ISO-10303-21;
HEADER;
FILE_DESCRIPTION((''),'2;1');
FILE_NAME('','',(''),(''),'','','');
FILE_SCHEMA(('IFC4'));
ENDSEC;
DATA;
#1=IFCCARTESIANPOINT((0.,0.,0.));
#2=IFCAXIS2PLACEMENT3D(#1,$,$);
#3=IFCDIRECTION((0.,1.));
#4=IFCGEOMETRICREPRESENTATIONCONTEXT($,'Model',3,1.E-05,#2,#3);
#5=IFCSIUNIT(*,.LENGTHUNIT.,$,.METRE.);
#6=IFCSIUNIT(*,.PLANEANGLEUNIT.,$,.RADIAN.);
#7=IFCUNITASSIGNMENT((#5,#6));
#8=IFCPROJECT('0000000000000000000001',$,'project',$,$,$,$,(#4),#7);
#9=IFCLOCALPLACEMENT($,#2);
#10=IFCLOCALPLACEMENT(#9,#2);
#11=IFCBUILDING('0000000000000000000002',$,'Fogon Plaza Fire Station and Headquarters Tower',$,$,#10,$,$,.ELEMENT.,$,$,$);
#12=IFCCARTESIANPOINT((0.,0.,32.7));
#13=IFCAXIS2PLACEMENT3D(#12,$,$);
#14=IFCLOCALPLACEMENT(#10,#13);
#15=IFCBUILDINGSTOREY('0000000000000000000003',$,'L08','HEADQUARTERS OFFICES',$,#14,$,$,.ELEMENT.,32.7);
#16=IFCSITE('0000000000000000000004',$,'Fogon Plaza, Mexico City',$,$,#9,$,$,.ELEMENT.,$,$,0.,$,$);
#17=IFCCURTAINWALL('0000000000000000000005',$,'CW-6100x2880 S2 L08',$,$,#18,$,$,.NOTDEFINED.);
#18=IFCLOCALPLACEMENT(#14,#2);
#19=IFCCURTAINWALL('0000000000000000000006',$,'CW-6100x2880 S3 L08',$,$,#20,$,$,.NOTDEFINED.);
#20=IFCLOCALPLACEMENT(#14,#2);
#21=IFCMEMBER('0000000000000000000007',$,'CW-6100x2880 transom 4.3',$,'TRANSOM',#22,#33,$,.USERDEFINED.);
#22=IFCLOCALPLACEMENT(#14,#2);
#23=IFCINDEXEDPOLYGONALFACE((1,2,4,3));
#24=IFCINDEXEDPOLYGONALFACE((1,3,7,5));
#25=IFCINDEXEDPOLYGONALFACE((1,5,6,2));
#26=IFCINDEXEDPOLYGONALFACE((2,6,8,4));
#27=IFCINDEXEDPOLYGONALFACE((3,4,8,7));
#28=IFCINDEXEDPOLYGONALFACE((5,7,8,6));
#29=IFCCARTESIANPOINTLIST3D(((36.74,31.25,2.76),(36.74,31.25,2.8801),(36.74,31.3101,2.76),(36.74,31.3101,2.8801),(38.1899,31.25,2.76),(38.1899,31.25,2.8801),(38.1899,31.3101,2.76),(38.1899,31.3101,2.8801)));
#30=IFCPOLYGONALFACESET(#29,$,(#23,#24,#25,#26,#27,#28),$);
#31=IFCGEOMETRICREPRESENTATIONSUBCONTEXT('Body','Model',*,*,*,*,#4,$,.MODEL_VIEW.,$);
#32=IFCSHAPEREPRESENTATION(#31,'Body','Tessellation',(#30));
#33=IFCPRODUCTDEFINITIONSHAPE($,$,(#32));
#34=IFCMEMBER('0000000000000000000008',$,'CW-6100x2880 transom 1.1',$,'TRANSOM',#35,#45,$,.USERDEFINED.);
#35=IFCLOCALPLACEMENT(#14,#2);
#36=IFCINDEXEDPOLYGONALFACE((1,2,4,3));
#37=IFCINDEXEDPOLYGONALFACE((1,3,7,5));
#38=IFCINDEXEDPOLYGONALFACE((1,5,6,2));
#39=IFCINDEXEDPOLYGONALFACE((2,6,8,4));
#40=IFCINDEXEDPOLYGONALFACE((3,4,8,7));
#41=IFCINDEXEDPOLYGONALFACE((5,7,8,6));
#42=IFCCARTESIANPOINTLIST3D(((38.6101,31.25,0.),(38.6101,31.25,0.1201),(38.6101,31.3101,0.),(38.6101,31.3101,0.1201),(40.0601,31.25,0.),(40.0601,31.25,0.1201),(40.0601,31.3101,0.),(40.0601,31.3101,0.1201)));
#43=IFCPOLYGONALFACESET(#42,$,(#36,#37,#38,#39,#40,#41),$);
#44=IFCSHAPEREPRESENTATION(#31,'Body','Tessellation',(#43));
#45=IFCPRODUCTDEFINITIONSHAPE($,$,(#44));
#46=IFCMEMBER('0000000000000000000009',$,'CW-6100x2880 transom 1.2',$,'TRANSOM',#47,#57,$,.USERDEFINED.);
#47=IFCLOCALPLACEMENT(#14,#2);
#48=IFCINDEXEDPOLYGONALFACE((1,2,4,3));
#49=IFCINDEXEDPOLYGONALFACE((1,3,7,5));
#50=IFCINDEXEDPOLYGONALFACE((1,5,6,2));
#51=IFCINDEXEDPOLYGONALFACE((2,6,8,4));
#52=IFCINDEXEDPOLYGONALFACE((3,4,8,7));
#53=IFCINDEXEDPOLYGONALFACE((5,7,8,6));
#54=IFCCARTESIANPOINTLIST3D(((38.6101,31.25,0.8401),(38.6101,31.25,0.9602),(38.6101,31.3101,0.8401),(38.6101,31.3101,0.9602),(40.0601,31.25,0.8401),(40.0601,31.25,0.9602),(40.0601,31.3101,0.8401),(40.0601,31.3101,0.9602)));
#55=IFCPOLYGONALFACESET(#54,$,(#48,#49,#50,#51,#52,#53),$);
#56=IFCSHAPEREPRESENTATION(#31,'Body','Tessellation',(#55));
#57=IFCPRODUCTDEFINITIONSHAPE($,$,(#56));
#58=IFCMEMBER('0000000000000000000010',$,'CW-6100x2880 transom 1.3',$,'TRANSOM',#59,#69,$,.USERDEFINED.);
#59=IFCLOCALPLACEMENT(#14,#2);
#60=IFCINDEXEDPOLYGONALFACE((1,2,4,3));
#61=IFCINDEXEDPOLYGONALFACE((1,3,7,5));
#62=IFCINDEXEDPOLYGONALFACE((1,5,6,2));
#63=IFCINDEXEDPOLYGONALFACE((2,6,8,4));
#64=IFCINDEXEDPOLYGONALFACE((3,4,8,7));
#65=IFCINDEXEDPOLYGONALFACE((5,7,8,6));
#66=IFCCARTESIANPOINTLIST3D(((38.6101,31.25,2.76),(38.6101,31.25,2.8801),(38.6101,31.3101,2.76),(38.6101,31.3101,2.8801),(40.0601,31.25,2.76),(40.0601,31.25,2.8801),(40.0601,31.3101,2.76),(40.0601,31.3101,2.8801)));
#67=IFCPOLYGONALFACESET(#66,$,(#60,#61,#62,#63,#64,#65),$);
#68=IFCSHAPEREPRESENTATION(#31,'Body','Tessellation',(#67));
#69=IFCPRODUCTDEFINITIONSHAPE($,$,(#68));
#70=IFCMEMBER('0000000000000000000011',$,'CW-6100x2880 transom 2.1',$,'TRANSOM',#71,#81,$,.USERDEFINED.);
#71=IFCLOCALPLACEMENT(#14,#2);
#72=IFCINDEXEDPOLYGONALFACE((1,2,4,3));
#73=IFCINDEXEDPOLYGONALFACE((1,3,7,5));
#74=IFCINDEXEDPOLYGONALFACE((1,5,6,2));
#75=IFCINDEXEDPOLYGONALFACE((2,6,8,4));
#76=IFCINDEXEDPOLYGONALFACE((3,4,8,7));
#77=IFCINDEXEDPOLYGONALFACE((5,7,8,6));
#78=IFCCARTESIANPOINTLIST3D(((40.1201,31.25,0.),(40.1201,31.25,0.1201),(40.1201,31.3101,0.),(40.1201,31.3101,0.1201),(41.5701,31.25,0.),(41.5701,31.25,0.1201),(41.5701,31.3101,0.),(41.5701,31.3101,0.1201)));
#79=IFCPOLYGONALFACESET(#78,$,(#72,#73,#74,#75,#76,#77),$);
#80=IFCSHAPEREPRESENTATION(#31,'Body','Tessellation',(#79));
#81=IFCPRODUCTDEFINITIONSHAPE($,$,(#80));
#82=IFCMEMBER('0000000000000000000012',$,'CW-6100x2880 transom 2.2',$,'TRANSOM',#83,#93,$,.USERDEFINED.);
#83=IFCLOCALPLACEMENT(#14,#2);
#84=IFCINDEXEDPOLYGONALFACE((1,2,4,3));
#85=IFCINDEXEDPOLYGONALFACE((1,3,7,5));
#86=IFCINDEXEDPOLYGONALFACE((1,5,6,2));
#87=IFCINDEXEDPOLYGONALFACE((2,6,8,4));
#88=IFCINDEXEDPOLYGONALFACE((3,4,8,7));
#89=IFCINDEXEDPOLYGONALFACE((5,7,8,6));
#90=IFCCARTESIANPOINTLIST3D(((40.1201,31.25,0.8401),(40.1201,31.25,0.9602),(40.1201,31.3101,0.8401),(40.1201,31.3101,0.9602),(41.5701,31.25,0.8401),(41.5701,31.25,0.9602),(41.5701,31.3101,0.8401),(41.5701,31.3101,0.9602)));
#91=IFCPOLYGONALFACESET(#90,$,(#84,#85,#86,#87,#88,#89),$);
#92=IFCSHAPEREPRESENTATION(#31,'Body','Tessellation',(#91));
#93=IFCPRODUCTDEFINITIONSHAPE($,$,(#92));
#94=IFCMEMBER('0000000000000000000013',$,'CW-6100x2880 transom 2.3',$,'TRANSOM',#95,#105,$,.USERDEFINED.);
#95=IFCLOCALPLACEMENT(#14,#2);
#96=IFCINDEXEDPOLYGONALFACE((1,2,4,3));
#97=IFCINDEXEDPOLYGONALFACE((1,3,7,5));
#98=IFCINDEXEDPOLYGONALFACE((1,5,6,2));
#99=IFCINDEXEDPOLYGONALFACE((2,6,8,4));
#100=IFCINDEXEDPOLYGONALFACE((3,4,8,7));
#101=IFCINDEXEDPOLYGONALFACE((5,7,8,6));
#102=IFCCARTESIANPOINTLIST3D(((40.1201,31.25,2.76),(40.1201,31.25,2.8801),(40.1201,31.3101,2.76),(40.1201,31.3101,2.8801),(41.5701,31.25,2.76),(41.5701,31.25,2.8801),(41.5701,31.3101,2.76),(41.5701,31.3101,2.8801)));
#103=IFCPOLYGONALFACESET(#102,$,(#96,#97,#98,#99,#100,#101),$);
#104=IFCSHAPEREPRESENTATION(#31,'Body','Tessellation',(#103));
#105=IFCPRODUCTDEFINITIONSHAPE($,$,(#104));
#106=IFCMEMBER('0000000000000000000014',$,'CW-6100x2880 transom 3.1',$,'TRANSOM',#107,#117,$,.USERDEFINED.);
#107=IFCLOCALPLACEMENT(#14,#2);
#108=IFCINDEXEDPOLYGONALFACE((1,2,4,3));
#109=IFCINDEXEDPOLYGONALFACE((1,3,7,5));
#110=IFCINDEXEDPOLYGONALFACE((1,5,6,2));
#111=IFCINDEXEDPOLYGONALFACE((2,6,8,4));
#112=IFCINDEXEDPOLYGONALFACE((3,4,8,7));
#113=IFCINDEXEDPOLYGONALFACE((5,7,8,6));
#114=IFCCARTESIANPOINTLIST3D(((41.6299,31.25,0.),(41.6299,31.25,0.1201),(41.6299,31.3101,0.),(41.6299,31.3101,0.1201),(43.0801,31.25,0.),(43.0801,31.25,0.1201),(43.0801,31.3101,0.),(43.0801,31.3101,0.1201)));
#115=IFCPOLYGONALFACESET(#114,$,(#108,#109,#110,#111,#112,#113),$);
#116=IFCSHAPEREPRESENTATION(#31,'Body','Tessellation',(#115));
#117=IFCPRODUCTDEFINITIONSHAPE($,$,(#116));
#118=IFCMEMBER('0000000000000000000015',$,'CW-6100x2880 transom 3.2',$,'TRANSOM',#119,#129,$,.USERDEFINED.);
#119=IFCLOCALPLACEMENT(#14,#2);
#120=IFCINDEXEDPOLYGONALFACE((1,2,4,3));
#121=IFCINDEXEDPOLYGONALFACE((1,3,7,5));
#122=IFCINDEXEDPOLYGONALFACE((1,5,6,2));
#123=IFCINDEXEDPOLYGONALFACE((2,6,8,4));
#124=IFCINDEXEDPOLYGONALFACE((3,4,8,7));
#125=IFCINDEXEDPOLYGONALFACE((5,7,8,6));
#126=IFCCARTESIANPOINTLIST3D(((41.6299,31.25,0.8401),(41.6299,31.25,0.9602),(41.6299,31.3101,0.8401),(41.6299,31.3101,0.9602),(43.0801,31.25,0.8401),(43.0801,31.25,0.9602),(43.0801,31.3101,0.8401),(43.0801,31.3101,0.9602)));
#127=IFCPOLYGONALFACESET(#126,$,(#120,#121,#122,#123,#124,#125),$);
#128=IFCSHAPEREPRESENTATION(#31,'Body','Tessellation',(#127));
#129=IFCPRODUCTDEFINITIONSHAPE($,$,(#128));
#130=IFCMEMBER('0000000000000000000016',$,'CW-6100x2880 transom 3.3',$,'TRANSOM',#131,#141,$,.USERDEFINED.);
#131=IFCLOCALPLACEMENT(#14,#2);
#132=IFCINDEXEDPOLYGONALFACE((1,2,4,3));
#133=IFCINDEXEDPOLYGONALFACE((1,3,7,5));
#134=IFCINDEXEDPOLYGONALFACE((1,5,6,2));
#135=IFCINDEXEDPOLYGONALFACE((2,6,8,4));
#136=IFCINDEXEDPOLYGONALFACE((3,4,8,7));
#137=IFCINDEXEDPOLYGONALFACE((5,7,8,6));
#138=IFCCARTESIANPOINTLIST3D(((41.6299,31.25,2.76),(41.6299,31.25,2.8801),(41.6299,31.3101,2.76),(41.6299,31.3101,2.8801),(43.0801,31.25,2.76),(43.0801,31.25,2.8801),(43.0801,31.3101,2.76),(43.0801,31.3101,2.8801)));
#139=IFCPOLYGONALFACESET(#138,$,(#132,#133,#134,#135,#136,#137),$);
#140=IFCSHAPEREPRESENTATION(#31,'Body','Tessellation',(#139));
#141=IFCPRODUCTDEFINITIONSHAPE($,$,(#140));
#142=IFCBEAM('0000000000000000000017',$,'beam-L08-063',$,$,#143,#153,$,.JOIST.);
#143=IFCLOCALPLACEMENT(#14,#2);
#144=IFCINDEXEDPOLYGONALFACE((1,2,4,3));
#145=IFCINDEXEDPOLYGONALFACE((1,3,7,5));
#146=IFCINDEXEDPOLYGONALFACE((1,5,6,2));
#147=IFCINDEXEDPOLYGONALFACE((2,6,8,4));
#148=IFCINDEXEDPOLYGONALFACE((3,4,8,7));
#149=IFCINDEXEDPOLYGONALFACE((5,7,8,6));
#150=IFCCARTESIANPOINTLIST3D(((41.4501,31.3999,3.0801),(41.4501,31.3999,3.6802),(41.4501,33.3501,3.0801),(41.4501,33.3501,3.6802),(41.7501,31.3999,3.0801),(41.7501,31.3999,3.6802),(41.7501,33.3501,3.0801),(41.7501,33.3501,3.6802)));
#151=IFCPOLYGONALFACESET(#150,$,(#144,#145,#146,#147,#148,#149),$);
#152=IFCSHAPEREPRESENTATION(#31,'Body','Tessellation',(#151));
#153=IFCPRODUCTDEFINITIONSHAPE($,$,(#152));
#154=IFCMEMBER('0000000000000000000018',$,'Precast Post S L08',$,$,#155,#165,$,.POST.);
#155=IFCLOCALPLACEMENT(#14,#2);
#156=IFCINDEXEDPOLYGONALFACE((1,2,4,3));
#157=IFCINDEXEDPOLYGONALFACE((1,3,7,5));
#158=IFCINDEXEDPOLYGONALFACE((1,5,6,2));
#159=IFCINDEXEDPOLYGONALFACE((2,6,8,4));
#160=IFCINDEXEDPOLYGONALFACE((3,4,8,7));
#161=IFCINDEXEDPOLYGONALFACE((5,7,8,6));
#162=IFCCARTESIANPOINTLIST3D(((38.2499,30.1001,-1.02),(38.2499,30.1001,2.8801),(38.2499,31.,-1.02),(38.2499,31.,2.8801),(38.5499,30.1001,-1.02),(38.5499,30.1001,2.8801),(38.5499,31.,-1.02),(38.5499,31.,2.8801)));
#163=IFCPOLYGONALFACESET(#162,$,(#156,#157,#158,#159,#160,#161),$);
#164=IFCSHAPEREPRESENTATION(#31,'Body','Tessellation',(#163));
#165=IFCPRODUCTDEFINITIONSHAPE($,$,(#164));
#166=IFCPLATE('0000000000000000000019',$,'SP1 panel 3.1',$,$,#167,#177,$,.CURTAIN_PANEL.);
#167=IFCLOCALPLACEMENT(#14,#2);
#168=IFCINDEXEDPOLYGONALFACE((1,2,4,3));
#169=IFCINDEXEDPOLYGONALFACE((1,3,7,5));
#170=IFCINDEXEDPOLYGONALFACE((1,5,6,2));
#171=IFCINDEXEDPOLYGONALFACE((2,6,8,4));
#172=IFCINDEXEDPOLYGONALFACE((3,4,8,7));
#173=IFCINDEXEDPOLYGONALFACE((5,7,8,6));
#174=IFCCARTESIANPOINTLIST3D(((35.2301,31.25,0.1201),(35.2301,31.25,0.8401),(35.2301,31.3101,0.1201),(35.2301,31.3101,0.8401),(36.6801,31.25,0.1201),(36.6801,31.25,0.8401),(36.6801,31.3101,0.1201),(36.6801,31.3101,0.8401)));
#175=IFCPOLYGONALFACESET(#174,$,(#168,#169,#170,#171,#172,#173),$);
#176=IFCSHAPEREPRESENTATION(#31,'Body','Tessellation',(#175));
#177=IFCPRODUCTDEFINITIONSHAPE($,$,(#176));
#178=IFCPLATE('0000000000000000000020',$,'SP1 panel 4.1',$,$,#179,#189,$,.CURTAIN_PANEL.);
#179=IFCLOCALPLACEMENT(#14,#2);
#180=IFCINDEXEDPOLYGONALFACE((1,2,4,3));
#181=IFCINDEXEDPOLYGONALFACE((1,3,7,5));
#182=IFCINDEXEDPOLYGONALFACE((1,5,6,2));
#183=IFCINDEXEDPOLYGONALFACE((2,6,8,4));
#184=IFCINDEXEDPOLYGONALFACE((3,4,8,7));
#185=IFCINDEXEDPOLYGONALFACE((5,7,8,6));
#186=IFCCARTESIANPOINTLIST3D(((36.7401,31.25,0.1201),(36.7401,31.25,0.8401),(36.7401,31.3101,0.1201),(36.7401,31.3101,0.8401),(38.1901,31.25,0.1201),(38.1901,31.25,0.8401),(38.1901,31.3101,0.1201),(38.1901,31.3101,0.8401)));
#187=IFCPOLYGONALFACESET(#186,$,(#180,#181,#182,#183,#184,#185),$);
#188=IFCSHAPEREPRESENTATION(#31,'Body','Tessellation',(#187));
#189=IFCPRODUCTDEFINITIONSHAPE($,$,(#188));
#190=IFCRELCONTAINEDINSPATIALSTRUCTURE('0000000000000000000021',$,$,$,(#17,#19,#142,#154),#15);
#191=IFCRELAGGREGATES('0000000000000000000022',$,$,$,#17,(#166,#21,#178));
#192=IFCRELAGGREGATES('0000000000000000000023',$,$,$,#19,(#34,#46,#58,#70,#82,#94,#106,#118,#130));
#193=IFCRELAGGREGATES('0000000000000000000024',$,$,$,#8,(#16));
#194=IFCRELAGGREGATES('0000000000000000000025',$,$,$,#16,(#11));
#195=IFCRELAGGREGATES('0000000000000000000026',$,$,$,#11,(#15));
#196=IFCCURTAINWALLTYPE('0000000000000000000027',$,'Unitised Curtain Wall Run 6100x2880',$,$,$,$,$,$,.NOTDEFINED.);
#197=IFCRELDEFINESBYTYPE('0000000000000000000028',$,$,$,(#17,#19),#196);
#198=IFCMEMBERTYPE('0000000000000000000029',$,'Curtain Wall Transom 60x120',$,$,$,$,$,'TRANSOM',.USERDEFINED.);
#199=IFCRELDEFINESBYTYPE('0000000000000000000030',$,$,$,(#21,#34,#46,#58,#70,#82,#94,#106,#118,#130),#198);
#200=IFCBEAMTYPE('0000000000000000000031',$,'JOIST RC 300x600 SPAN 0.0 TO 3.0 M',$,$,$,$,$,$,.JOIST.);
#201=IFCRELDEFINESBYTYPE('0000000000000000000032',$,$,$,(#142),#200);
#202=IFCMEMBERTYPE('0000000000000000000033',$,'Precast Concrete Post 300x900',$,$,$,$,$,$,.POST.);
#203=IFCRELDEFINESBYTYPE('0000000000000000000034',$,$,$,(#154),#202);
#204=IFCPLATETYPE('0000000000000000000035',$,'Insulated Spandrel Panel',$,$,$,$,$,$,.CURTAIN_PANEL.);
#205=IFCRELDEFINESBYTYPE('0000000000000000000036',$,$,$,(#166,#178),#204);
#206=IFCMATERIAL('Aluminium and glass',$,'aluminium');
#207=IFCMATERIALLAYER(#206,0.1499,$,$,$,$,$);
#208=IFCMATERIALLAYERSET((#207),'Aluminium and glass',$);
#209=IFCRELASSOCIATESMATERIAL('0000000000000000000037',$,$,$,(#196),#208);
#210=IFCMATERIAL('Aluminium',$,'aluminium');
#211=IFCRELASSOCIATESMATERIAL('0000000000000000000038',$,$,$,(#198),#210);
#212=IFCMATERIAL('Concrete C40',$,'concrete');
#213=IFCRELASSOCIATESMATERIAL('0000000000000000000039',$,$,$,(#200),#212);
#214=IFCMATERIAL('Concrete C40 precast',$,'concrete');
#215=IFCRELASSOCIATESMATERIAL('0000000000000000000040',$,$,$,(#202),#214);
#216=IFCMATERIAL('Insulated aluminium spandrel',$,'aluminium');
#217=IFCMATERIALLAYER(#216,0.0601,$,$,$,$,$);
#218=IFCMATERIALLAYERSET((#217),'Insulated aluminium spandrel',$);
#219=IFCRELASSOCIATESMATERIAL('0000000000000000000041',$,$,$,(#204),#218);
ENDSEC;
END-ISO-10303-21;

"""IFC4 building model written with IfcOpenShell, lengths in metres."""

from ifc_helpers import new_model, si_unit, direction, frame, origin, origin_2d, place, context, subcontext, project, spatial, rectangle, extrude, material, layer, layer_set, material_profile, profile_set, type_object, element, aggregate, save


model = new_model("IFC4")

# Units and contexts
model_context = context("Model", 3, precision=1e-05, world=origin(), true_north=direction((0.0, 1.0)))
body_context = subcontext(model_context, "Body", "Model", "MODEL_VIEW")
ifc_project = project(units=[si_unit("LENGTHUNIT", "METRE"), si_unit("PLANEANGLEUNIT", "RADIAN")], contexts=[model_context])

# Site, building, storey
site_placement = place(None, origin())
site = spatial("IfcSite", under=ifc_project, at=site_placement, Name="Fogon Plaza, Mexico City", CompositionType="ELEMENT", RefElevation=0.0)
building_placement = place(site_placement, origin())
building = spatial("IfcBuilding", under=site, at=building_placement, Name="Fogon Plaza Fire Station and Headquarters Tower", CompositionType="ELEMENT")
storey_placement = place(building_placement, frame((0.0, 0.0, 32.7)))
storey = spatial("IfcBuildingStorey", under=building, at=storey_placement, Name="L08", Description="HEADQUARTERS OFFICES", CompositionType="ELEMENT", Elevation=32.7)

# Curtain walls
ifc_material_1 = material(Name="Aluminium and glass", Category="aluminium")
ifc_layer_1 = layer(ifc_material_1, 0.1499)
ifc_layer_set_1 = layer_set([ifc_layer_1], Name="Aluminium and glass")
curtain_wall_type = type_object("IfcCurtainWallType", Name="Unitised Curtain Wall Run 6100x2880", PredefinedType="NOTDEFINED", material=ifc_layer_set_1)
curtain_wall_1_placement = place(storey_placement, origin())
curtain_wall_1 = element("IfcCurtainWall", 1, at=curtain_wall_1_placement, inside=storey, type_object=curtain_wall_type, Name="CW-6100x2880 S2 L08", PredefinedType="NOTDEFINED")
curtain_wall_2_placement = place(storey_placement, origin())
curtain_wall_2 = element("IfcCurtainWall", 2, at=curtain_wall_2_placement, inside=storey, type_object=curtain_wall_type, Name="CW-6100x2880 S3 L08", PredefinedType="NOTDEFINED")

# Members
ifc_material_2 = material(Name="Aluminium", Category="aluminium")
ifc_material_profile_1 = material_profile(ifc_material_2, rectangle(XDim=0.0601, YDim=0.1201, at=origin_2d()), Name="Curtain Wall Transom 60x120")
ifc_profile_set_1 = profile_set([ifc_material_profile_1], Name="Aluminium")
member_type_1 = type_object("IfcMemberType", Name="Curtain Wall Transom 60x120", ElementType="TRANSOM", PredefinedType="USERDEFINED", material=ifc_profile_set_1)
member_1_placement = place(storey_placement, frame((36.74, 31.28, 2.8201), z_axis=(1.0, 0.0, 0.0), x_axis=(0.0, 1.0, 0.0)))
member_1 = element("IfcMember", 3, at=member_1_placement, type_object=member_type_1, Name="CW-6100x2880 transom 4.3", ObjectType="TRANSOM", PredefinedType="USERDEFINED", context=body_context, shape_type="SweptSolid", body=[
    extrude(rectangle(XDim=0.0601, YDim=0.1201, at=origin_2d()), origin(), (0.0, 0.0, 1.0), 1.45),
])
member_2_placement = place(storey_placement, frame((38.6101, 31.28, 0.0601), z_axis=(1.0, 0.0, 0.0), x_axis=(0.0, 1.0, 0.0)))
member_2 = element("IfcMember", 4, at=member_2_placement, type_object=member_type_1, Name="CW-6100x2880 transom 1.1", ObjectType="TRANSOM", PredefinedType="USERDEFINED", context=body_context, shape_type="SweptSolid", body=[
    extrude(rectangle(XDim=0.0601, YDim=0.1201, at=origin_2d()), origin(), (0.0, 0.0, 1.0), 1.45),
])
member_3_placement = place(storey_placement, frame((38.6101, 31.28, 0.9001), z_axis=(1.0, 0.0, 0.0), x_axis=(0.0, 1.0, 0.0)))
member_3 = element("IfcMember", 5, at=member_3_placement, type_object=member_type_1, Name="CW-6100x2880 transom 1.2", ObjectType="TRANSOM", PredefinedType="USERDEFINED", context=body_context, shape_type="SweptSolid", body=[
    extrude(rectangle(XDim=0.0601, YDim=0.1201, at=origin_2d()), origin(), (0.0, 0.0, 1.0), 1.45),
])
member_4_placement = place(storey_placement, frame((38.6101, 31.28, 2.8201), z_axis=(1.0, 0.0, 0.0), x_axis=(0.0, 1.0, 0.0)))
member_4 = element("IfcMember", 6, at=member_4_placement, type_object=member_type_1, Name="CW-6100x2880 transom 1.3", ObjectType="TRANSOM", PredefinedType="USERDEFINED", context=body_context, shape_type="SweptSolid", body=[
    extrude(rectangle(XDim=0.0601, YDim=0.1201, at=origin_2d()), origin(), (0.0, 0.0, 1.0), 1.45),
])
member_5_placement = place(storey_placement, frame((40.1201, 31.28, 0.0601), z_axis=(1.0, 0.0, 0.0), x_axis=(0.0, 1.0, 0.0)))
member_5 = element("IfcMember", 7, at=member_5_placement, type_object=member_type_1, Name="CW-6100x2880 transom 2.1", ObjectType="TRANSOM", PredefinedType="USERDEFINED", context=body_context, shape_type="SweptSolid", body=[
    extrude(rectangle(XDim=0.0601, YDim=0.1201, at=origin_2d()), origin(), (0.0, 0.0, 1.0), 1.45),
])
member_6_placement = place(storey_placement, frame((40.1201, 31.28, 0.9001), z_axis=(1.0, 0.0, 0.0), x_axis=(0.0, 1.0, 0.0)))
member_6 = element("IfcMember", 8, at=member_6_placement, type_object=member_type_1, Name="CW-6100x2880 transom 2.2", ObjectType="TRANSOM", PredefinedType="USERDEFINED", context=body_context, shape_type="SweptSolid", body=[
    extrude(rectangle(XDim=0.0601, YDim=0.1201, at=origin_2d()), origin(), (0.0, 0.0, 1.0), 1.45),
])
member_7_placement = place(storey_placement, frame((40.1201, 31.28, 2.8201), z_axis=(1.0, 0.0, 0.0), x_axis=(0.0, 1.0, 0.0)))
member_7 = element("IfcMember", 9, at=member_7_placement, type_object=member_type_1, Name="CW-6100x2880 transom 2.3", ObjectType="TRANSOM", PredefinedType="USERDEFINED", context=body_context, shape_type="SweptSolid", body=[
    extrude(rectangle(XDim=0.0601, YDim=0.1201, at=origin_2d()), origin(), (0.0, 0.0, 1.0), 1.45),
])
member_8_placement = place(storey_placement, frame((41.6299, 31.28, 0.0601), z_axis=(1.0, 0.0, 0.0), x_axis=(0.0, 1.0, 0.0)))
member_8 = element("IfcMember", 10, at=member_8_placement, type_object=member_type_1, Name="CW-6100x2880 transom 3.1", ObjectType="TRANSOM", PredefinedType="USERDEFINED", context=body_context, shape_type="SweptSolid", body=[
    extrude(rectangle(XDim=0.0601, YDim=0.1201, at=origin_2d()), origin(), (0.0, 0.0, 1.0), 1.4502),
])
member_9_placement = place(storey_placement, frame((41.6299, 31.28, 0.9001), z_axis=(1.0, 0.0, 0.0), x_axis=(0.0, 1.0, 0.0)))
member_9 = element("IfcMember", 11, at=member_9_placement, type_object=member_type_1, Name="CW-6100x2880 transom 3.2", ObjectType="TRANSOM", PredefinedType="USERDEFINED", context=body_context, shape_type="SweptSolid", body=[
    extrude(rectangle(XDim=0.0601, YDim=0.1201, at=origin_2d()), origin(), (0.0, 0.0, 1.0), 1.4502),
])
member_10_placement = place(storey_placement, frame((41.6299, 31.28, 2.8201), z_axis=(1.0, 0.0, 0.0), x_axis=(0.0, 1.0, 0.0)))
member_10 = element("IfcMember", 12, at=member_10_placement, type_object=member_type_1, Name="CW-6100x2880 transom 3.3", ObjectType="TRANSOM", PredefinedType="USERDEFINED", context=body_context, shape_type="SweptSolid", body=[
    extrude(rectangle(XDim=0.0601, YDim=0.1201, at=origin_2d()), origin(), (0.0, 0.0, 1.0), 1.4502),
])

# Beam
ifc_material_3 = material(Name="Concrete C40", Category="concrete")
ifc_material_profile_2 = material_profile(ifc_material_3, rectangle(XDim=0.3, YDim=0.6001, at=origin_2d()), Name="RC 300x600")
ifc_profile_set_2 = profile_set([ifc_material_profile_2], Name="Concrete C40")
beam_type_1 = type_object("IfcBeamType", Name="JOIST RC 300x600 SPAN 0.0 TO 3.0 M", PredefinedType="JOIST", material=ifc_profile_set_2)
beam_1_placement = place(storey_placement, frame((41.6001, 31.3999, 3.3801), z_axis=(0.0, 1.0, 0.0), x_axis=(-1.0, 0.0, 0.0)))
element("IfcBeam", 13, at=beam_1_placement, inside=storey, type_object=beam_type_1, Name="beam-L08-063", PredefinedType="JOIST", context=body_context, shape_type="SweptSolid", body=[
    extrude(rectangle(XDim=0.3, YDim=0.6001, at=origin_2d()), origin(), (0.0, 0.0, 1.0), 1.9502),
])

# Member
ifc_material_4 = material(Name="Concrete C40 precast", Category="concrete")
ifc_material_profile_3 = material_profile(ifc_material_4, rectangle(XDim=0.3, YDim=0.8999, at=origin_2d()), Name="Precast Concrete Post 300x900")
ifc_profile_set_3 = profile_set([ifc_material_profile_3], Name="Concrete C40 precast")
member_type_2 = type_object("IfcMemberType", Name="Precast Concrete Post 300x900", PredefinedType="POST", material=ifc_profile_set_3)
member_11_placement = place(storey_placement, frame((38.3999, 30.55, -1.02), z_axis=(0.0, 0.0, 1.0), x_axis=(1.0, 0.0, 0.0)))
element("IfcMember", 14, at=member_11_placement, inside=storey, type_object=member_type_2, Name="Precast Post S L08", PredefinedType="POST", context=body_context, shape_type="SweptSolid", body=[
    extrude(rectangle(XDim=0.3, YDim=0.8999, at=origin_2d()), origin(), (0.0, 0.0, 1.0), 3.9001),
])

# Plates
ifc_material_5 = material(Name="Insulated aluminium spandrel", Category="aluminium")
ifc_layer_2 = layer(ifc_material_5, 0.0601)
ifc_layer_set_2 = layer_set([ifc_layer_2], Name="Insulated aluminium spandrel")
plate_type_1 = type_object("IfcPlateType", Name="Insulated Spandrel Panel", PredefinedType="CURTAIN_PANEL", material=ifc_layer_set_2)
plate_1_placement = place(storey_placement, frame((35.9551, 31.28, 0.1201), z_axis=(0.0, 0.0, 1.0), x_axis=(1.0, 0.0, 0.0)))
plate_1 = element("IfcPlate", 15, at=plate_1_placement, type_object=plate_type_1, Name="SP1 panel 3.1", PredefinedType="CURTAIN_PANEL", context=body_context, shape_type="SweptSolid", body=[
    extrude(rectangle(XDim=1.45, YDim=0.0601, at=origin_2d()), origin(), (0.0, 0.0, 1.0), 0.72),
])
plate_2_placement = place(storey_placement, frame((37.4651, 31.28, 0.1201), z_axis=(0.0, 0.0, 1.0), x_axis=(1.0, 0.0, 0.0)))
plate_2 = element("IfcPlate", 16, at=plate_2_placement, type_object=plate_type_1, Name="SP1 panel 4.1", PredefinedType="CURTAIN_PANEL", context=body_context, shape_type="SweptSolid", body=[
    extrude(rectangle(XDim=1.45, YDim=0.0601, at=origin_2d()), origin(), (0.0, 0.0, 1.0), 0.72),
])
aggregate(curtain_wall_1, [plate_1, member_1, plate_2])
aggregate(curtain_wall_2, [member_2, member_3, member_4, member_5, member_6, member_7, member_8, member_9, member_10])

save(model, "model.ifc")
